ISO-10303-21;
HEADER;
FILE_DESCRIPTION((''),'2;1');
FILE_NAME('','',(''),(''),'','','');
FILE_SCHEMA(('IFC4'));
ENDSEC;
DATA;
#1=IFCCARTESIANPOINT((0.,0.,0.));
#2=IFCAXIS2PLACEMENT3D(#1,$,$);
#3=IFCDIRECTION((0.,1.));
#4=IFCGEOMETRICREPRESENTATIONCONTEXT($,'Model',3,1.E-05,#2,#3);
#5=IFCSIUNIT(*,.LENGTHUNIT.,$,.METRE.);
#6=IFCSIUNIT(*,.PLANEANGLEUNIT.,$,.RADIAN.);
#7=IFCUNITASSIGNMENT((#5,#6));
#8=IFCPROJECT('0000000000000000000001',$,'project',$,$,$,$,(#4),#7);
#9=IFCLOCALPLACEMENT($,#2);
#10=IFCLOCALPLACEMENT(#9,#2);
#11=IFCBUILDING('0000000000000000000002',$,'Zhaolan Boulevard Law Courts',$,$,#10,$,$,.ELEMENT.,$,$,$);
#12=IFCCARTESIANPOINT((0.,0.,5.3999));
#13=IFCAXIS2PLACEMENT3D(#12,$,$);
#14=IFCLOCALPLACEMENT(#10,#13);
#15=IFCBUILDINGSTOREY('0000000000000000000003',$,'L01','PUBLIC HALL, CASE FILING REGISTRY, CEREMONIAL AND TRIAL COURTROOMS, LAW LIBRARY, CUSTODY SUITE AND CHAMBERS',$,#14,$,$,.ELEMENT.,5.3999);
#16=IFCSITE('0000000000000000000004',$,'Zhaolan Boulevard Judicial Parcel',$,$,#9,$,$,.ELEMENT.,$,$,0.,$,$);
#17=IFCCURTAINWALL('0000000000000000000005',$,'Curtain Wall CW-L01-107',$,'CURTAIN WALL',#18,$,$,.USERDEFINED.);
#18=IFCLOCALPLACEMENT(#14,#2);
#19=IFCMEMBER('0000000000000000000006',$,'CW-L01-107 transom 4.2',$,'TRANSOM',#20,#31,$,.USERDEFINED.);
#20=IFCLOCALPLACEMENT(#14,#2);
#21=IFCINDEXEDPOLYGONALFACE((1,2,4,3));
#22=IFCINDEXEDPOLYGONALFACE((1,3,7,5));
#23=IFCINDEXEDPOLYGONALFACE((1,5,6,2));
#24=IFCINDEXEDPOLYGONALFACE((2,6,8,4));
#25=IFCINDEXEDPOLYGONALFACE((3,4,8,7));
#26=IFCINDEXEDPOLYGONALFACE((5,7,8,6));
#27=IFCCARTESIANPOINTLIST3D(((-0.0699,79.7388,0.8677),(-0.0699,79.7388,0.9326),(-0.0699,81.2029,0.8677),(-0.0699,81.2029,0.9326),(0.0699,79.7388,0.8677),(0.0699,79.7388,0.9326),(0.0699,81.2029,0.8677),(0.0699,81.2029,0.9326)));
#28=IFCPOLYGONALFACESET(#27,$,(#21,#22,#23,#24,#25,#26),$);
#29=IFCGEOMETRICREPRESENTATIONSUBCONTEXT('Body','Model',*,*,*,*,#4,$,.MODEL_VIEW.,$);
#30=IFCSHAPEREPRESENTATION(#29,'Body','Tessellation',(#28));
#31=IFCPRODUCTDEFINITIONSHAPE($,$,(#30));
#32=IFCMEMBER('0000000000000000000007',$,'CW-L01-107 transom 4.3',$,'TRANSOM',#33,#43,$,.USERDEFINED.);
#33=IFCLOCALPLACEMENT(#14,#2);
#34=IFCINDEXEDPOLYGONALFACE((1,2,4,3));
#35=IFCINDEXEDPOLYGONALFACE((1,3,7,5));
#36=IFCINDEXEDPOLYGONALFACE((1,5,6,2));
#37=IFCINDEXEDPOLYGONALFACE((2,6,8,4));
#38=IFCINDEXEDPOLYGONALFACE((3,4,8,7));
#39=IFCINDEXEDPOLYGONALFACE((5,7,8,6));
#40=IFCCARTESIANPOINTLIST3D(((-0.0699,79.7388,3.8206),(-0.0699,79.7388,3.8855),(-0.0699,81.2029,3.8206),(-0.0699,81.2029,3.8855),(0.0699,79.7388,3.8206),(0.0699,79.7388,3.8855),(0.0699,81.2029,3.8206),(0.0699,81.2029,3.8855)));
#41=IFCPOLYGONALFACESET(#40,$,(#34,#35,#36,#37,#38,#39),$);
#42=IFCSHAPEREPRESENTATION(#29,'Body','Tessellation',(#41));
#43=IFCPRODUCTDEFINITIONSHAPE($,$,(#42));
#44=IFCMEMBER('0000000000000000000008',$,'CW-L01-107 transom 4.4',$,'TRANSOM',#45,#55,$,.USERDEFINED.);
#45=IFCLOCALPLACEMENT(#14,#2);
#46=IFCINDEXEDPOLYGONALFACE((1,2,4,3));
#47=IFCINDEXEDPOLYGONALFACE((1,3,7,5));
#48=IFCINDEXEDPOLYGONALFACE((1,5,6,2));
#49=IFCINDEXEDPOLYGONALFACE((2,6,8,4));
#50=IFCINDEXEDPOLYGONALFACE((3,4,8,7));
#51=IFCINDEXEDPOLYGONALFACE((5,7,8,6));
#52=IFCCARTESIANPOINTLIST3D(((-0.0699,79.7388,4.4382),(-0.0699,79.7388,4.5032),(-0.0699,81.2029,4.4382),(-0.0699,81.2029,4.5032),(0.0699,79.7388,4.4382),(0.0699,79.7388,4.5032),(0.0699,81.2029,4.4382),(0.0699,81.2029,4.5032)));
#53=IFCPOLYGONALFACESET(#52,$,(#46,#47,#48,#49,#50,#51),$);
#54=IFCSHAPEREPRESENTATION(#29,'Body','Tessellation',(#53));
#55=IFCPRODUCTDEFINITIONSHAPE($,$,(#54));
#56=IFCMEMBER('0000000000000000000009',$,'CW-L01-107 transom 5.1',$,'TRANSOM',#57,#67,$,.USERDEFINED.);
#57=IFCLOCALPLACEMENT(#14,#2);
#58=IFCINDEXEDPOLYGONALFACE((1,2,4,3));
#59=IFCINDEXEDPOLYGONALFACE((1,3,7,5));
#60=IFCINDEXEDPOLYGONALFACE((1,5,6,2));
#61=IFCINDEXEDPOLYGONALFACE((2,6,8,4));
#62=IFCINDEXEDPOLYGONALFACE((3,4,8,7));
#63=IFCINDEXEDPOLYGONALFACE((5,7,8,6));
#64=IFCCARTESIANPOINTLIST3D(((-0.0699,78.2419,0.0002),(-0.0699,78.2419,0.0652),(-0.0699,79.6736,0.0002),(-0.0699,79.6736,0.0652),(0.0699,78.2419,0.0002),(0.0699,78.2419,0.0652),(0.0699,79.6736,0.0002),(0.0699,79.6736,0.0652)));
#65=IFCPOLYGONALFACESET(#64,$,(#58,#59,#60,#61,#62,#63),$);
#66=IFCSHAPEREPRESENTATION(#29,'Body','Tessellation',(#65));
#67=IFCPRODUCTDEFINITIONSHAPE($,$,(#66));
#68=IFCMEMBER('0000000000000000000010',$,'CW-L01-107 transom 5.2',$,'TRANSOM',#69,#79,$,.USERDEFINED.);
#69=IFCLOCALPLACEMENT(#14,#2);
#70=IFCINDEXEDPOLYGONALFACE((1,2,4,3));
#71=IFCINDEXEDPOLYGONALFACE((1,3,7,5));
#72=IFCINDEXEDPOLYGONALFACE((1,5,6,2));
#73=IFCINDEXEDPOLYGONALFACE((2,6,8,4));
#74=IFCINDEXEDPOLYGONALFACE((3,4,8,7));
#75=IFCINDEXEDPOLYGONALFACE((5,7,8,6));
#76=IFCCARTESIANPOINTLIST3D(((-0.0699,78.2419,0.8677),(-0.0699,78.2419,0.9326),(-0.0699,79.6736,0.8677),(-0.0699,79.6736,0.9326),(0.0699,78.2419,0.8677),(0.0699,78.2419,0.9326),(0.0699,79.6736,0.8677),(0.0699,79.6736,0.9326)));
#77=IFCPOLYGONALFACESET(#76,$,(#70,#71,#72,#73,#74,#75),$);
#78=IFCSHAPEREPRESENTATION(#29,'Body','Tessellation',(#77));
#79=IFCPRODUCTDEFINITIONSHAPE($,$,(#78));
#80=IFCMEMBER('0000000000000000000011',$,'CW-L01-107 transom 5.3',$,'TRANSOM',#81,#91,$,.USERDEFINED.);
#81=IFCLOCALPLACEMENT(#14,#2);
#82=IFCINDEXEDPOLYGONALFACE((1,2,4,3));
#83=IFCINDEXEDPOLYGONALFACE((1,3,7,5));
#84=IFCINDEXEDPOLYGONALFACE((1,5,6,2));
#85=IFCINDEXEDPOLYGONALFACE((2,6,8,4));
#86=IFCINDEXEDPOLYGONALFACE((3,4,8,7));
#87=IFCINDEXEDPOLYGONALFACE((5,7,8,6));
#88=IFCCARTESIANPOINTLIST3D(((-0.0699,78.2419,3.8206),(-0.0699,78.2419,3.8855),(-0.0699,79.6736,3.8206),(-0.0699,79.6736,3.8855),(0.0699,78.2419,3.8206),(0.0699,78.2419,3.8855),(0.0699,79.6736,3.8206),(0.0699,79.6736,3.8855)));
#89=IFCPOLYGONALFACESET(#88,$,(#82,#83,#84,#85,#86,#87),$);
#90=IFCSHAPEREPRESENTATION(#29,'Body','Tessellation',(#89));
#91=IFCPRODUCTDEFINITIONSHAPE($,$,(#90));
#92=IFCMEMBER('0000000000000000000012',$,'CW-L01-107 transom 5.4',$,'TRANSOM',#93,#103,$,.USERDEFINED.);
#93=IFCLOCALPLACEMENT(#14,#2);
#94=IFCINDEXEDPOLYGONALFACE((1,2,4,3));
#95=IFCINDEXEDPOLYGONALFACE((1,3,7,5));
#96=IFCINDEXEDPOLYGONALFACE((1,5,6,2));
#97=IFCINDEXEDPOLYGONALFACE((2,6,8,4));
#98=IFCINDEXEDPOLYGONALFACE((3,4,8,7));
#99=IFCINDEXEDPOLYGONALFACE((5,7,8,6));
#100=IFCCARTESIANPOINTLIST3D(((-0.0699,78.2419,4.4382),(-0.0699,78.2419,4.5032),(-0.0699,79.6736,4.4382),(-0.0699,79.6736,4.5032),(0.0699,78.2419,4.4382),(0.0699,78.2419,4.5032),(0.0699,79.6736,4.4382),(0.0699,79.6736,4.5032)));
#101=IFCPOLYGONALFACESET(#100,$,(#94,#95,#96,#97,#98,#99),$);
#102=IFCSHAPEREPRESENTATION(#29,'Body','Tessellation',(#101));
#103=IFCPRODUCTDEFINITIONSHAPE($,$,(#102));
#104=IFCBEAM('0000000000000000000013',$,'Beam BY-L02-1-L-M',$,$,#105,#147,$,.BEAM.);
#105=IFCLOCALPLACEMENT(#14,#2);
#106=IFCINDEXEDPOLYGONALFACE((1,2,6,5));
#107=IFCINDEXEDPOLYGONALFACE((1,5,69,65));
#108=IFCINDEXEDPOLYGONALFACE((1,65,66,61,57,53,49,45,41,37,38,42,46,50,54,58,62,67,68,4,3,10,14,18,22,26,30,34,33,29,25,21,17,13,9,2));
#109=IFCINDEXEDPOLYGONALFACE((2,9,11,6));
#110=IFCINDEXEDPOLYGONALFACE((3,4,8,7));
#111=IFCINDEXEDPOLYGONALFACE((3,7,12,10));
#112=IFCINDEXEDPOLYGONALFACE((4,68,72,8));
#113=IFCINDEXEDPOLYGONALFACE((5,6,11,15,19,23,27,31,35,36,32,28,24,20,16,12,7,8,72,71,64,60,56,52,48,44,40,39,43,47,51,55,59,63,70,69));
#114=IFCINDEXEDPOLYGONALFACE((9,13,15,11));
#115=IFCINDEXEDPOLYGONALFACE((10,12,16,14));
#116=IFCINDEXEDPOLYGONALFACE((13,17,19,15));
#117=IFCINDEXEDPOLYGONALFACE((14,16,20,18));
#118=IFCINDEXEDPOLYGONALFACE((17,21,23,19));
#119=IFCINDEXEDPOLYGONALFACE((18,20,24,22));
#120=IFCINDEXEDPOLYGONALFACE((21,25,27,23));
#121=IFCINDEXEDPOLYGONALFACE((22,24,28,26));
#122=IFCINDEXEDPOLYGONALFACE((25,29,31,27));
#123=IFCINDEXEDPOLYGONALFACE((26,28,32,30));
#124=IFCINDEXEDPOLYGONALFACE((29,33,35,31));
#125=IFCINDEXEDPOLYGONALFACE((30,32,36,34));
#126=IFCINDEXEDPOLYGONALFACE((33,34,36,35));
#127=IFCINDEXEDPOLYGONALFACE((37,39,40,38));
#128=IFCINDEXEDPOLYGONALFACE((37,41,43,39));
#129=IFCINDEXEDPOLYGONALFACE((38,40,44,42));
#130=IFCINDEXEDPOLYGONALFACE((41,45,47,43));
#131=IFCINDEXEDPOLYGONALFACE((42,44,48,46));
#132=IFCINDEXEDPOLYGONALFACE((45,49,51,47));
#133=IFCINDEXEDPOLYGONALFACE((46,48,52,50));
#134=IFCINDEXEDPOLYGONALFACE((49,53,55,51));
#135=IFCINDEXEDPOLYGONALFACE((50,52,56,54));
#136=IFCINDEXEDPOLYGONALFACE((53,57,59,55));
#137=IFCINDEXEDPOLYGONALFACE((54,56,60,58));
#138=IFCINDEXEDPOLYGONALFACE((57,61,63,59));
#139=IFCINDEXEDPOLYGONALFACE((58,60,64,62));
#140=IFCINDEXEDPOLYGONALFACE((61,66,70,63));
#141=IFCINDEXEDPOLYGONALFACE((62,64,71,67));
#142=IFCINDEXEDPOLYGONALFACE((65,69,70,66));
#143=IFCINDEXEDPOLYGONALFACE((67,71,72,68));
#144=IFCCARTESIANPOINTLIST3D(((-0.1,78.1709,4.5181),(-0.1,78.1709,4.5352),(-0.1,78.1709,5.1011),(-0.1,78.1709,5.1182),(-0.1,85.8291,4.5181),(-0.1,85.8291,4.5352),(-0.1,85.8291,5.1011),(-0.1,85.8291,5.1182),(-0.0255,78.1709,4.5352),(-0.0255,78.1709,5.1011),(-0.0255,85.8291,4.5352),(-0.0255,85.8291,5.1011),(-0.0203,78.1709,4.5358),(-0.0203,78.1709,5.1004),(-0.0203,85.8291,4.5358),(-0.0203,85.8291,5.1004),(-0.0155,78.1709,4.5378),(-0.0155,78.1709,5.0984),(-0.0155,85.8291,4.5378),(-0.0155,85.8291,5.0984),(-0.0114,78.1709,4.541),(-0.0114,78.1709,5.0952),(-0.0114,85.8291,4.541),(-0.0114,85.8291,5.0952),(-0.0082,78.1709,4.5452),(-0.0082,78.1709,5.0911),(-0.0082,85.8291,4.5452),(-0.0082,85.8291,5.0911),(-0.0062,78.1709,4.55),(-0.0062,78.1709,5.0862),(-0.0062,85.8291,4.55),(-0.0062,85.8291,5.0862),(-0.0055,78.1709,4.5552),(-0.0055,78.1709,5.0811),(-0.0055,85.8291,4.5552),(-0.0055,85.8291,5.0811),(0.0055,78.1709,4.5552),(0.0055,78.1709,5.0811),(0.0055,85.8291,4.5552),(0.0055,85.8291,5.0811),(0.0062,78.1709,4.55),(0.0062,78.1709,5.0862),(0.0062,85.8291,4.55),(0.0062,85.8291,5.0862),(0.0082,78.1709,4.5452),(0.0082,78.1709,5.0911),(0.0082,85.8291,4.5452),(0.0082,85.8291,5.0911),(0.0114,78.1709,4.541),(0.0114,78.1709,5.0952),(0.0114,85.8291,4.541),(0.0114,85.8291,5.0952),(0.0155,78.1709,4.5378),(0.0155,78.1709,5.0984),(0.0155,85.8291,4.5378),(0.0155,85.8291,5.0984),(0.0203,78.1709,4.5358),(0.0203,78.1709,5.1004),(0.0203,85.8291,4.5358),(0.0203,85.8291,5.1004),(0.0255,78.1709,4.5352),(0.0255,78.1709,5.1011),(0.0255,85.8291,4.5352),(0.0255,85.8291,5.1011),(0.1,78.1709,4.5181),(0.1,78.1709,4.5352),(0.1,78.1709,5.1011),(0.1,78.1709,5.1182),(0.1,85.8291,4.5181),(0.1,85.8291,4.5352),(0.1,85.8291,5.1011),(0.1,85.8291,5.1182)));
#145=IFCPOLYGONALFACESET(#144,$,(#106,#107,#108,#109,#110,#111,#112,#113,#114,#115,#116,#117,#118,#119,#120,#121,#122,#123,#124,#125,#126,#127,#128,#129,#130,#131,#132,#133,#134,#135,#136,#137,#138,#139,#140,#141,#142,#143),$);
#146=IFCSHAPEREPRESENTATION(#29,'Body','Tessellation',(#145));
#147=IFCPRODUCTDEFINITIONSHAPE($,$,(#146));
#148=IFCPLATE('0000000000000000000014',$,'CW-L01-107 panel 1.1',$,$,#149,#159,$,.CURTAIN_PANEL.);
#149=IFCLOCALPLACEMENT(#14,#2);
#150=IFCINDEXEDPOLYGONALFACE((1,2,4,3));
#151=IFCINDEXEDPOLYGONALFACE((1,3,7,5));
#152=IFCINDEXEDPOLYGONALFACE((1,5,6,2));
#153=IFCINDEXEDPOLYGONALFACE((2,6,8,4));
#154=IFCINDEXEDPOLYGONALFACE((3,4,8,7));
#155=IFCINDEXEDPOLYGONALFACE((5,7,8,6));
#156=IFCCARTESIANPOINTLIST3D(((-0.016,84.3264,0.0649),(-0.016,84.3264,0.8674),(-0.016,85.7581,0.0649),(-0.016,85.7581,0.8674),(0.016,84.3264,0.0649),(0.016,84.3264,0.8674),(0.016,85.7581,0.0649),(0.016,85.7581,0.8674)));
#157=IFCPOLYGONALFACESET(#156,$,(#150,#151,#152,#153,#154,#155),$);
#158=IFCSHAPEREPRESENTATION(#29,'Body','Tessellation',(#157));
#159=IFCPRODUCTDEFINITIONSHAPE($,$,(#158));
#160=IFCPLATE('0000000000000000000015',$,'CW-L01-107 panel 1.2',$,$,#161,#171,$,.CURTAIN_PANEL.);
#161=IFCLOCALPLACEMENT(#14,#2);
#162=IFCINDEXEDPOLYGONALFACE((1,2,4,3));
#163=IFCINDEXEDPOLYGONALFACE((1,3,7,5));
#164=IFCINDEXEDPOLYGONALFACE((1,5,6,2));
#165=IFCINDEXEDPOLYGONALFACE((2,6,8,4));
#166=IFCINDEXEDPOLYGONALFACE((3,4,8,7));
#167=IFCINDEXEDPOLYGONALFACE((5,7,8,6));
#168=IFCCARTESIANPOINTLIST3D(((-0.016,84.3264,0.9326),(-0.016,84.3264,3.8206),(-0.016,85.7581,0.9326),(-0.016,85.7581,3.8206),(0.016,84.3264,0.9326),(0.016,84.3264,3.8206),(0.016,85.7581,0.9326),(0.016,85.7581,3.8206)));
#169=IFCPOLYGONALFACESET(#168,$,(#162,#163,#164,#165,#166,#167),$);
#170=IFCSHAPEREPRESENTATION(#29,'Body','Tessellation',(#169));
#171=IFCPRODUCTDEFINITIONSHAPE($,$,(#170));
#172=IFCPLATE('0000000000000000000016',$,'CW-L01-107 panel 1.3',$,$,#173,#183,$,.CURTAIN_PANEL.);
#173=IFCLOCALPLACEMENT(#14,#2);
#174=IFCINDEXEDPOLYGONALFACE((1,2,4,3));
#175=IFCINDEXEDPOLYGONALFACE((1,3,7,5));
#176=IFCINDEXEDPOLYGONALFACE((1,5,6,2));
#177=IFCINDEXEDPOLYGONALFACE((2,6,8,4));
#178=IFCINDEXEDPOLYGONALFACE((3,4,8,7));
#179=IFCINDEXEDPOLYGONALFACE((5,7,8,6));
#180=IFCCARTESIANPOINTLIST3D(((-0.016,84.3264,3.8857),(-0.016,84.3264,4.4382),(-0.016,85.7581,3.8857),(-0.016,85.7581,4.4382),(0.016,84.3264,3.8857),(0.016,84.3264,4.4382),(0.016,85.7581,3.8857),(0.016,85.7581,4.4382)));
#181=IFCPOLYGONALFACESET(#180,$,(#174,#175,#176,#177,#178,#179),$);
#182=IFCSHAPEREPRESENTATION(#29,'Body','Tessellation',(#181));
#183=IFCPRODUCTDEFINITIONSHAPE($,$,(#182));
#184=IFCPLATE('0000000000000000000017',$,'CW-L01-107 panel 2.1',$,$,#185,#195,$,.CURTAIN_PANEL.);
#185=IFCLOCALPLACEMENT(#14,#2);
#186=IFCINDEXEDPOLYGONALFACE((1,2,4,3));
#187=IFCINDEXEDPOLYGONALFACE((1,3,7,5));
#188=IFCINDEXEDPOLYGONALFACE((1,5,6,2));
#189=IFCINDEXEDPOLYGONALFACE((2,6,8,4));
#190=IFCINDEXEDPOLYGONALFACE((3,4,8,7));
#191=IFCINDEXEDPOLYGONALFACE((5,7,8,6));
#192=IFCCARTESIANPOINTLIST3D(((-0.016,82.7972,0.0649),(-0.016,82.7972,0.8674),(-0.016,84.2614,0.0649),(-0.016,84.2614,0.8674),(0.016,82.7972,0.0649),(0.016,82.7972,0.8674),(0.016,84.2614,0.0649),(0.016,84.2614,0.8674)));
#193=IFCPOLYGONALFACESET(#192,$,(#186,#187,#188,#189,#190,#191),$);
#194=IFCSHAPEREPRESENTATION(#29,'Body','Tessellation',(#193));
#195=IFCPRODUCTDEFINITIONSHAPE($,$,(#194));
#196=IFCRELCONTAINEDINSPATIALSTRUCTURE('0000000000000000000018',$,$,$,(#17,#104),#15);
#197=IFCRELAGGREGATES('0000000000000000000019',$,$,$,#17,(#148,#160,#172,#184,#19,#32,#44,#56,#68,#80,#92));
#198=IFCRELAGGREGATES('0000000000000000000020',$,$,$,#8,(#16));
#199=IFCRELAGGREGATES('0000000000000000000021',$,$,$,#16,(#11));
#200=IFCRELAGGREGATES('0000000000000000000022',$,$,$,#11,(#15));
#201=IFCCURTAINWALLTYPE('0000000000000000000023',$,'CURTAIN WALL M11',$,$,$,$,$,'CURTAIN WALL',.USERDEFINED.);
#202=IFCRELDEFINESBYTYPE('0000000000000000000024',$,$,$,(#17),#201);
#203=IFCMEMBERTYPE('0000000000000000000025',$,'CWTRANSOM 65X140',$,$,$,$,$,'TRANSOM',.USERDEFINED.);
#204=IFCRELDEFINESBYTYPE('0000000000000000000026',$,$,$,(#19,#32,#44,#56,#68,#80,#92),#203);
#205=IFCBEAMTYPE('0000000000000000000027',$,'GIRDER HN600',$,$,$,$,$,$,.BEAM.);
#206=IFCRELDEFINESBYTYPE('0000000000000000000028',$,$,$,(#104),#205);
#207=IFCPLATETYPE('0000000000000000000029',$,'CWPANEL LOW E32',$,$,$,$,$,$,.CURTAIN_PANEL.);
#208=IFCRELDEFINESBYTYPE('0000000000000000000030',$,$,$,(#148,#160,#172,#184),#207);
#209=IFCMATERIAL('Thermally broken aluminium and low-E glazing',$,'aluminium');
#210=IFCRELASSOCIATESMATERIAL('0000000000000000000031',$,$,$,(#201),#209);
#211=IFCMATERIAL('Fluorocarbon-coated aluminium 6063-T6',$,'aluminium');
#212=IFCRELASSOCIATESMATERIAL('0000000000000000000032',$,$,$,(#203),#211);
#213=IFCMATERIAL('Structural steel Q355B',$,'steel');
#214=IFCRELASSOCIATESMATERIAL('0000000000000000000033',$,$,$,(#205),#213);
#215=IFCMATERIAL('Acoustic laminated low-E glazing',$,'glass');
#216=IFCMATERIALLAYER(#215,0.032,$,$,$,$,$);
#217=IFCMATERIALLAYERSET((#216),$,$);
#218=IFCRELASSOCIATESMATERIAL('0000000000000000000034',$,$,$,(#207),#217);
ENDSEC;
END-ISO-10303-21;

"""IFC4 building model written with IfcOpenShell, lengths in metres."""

from ifc_helpers import new_model, si_unit, direction, frame, origin, origin_2d, place, context, subcontext, project, spatial, rectangle, i_section, extrude, material, layer, layer_set, material_profile, profile_set, type_object, element, aggregate, save


model = new_model("IFC4")

# Units and contexts
model_context = context("Model", 3, precision=1e-05, world=origin(), true_north=direction((0.0, 1.0)))
body_context = subcontext(model_context, "Body", "Model", "MODEL_VIEW")
ifc_project = project(units=[si_unit("LENGTHUNIT", "METRE"), si_unit("PLANEANGLEUNIT", "RADIAN")], contexts=[model_context])

# Site, building, storey
site_placement = place(None, origin())
site = spatial("IfcSite", under=ifc_project, at=site_placement, Name="Zhaolan Boulevard Judicial Parcel", CompositionType="ELEMENT", RefElevation=0.0)
building_placement = place(site_placement, origin())
building = spatial("IfcBuilding", under=site, at=building_placement, Name="Zhaolan Boulevard Law Courts", CompositionType="ELEMENT")
storey_placement = place(building_placement, frame((0.0, 0.0, 5.3999)))
storey = spatial("IfcBuildingStorey", under=building, at=storey_placement, Name="L01", Description="PUBLIC HALL, CASE FILING REGISTRY, CEREMONIAL AND TRIAL COURTROOMS, LAW LIBRARY, CUSTODY SUITE AND CHAMBERS", CompositionType="ELEMENT", Elevation=5.3999)

# Curtain wall, members
ifc_material_1 = material(Name="Thermally broken aluminium and low-E glazing", Category="aluminium")
curtain_wall_type = type_object("IfcCurtainWallType", Name="CURTAIN WALL M11", ElementType="CURTAIN WALL", PredefinedType="USERDEFINED", material=ifc_material_1)
curtain_wall_placement = place(storey_placement, origin())
curtain_wall = element("IfcCurtainWall", 1, at=curtain_wall_placement, inside=storey, type_object=curtain_wall_type, Name="Curtain Wall CW-L01-107", ObjectType="CURTAIN WALL", PredefinedType="USERDEFINED")
ifc_material_2 = material(Name="Fluorocarbon-coated aluminium 6063-T6", Category="aluminium")
ifc_material_profile_1 = material_profile(ifc_material_2, rectangle(XDim=0.1399, YDim=0.0649, at=origin_2d()), Name="AL65x140")
ifc_profile_set_1 = profile_set([ifc_material_profile_1], Name="Fluorocarbon-coated aluminium 6063-T6")
member_type_1 = type_object("IfcMemberType", Name="CWTRANSOM 65X140", ElementType="TRANSOM", PredefinedType="USERDEFINED", material=ifc_profile_set_1)
member_1_placement = place(storey_placement, frame((0.0, 81.2029, 0.9001), z_axis=(0.0, -1.0, 0.0), x_axis=(1.0, 0.0, 0.0)))
member_1 = element("IfcMember", 2, at=member_1_placement, type_object=member_type_1, Name="CW-L01-107 transom 4.2", ObjectType="TRANSOM", PredefinedType="USERDEFINED", context=body_context, shape_type="SweptSolid", body=[
    extrude(rectangle(XDim=0.1399, YDim=0.0649, at=origin_2d()), origin(), (0.0, 0.0, 1.0), 1.4641),
])
member_2_placement = place(storey_placement, frame((0.0, 81.2029, 3.853), z_axis=(0.0, -1.0, 0.0), x_axis=(1.0, 0.0, 0.0)))
member_2 = element("IfcMember", 3, at=member_2_placement, type_object=member_type_1, Name="CW-L01-107 transom 4.3", ObjectType="TRANSOM", PredefinedType="USERDEFINED", context=body_context, shape_type="SweptSolid", body=[
    extrude(rectangle(XDim=0.1399, YDim=0.0649, at=origin_2d()), origin(), (0.0, 0.0, 1.0), 1.4641),
])
member_3_placement = place(storey_placement, frame((0.0, 81.2029, 4.4707), z_axis=(0.0, -1.0, 0.0), x_axis=(1.0, 0.0, 0.0)))
member_3 = element("IfcMember", 4, at=member_3_placement, type_object=member_type_1, Name="CW-L01-107 transom 4.4", ObjectType="TRANSOM", PredefinedType="USERDEFINED", context=body_context, shape_type="SweptSolid", body=[
    extrude(rectangle(XDim=0.1399, YDim=0.0649, at=origin_2d()), origin(), (0.0, 0.0, 1.0), 1.4641),
])
member_4_placement = place(storey_placement, frame((0.0, 79.6736, 0.0327), z_axis=(0.0, -1.0, 0.0), x_axis=(1.0, 0.0, 0.0)))
member_4 = element("IfcMember", 5, at=member_4_placement, type_object=member_type_1, Name="CW-L01-107 transom 5.1", ObjectType="TRANSOM", PredefinedType="USERDEFINED", context=body_context, shape_type="SweptSolid", body=[
    extrude(rectangle(XDim=0.1399, YDim=0.0649, at=origin_2d()), origin(), (0.0, 0.0, 1.0), 1.4316),
])
member_5_placement = place(storey_placement, frame((0.0, 79.6736, 0.9001), z_axis=(0.0, -1.0, 0.0), x_axis=(1.0, 0.0, 0.0)))
member_5 = element("IfcMember", 6, at=member_5_placement, type_object=member_type_1, Name="CW-L01-107 transom 5.2", ObjectType="TRANSOM", PredefinedType="USERDEFINED", context=body_context, shape_type="SweptSolid", body=[
    extrude(rectangle(XDim=0.1399, YDim=0.0649, at=origin_2d()), origin(), (0.0, 0.0, 1.0), 1.4316),
])
member_6_placement = place(storey_placement, frame((0.0, 79.6736, 3.853), z_axis=(0.0, -1.0, 0.0), x_axis=(1.0, 0.0, 0.0)))
member_6 = element("IfcMember", 7, at=member_6_placement, type_object=member_type_1, Name="CW-L01-107 transom 5.3", ObjectType="TRANSOM", PredefinedType="USERDEFINED", context=body_context, shape_type="SweptSolid", body=[
    extrude(rectangle(XDim=0.1399, YDim=0.0649, at=origin_2d()), origin(), (0.0, 0.0, 1.0), 1.4316),
])
member_7_placement = place(storey_placement, frame((0.0, 79.6736, 4.4707), z_axis=(0.0, -1.0, 0.0), x_axis=(1.0, 0.0, 0.0)))
member_7 = element("IfcMember", 8, at=member_7_placement, type_object=member_type_1, Name="CW-L01-107 transom 5.4", ObjectType="TRANSOM", PredefinedType="USERDEFINED", context=body_context, shape_type="SweptSolid", body=[
    extrude(rectangle(XDim=0.1399, YDim=0.0649, at=origin_2d()), origin(), (0.0, 0.0, 1.0), 1.4316),
])

# Beam
ifc_material_3 = material(Name="Structural steel Q355B", Category="steel")
ifc_material_profile_2 = material_profile(ifc_material_3, i_section(OverallWidth=0.2, OverallDepth=0.6001, WebThickness=0.011, FlangeThickness=0.0171, FilletRadius=0.02, at=origin_2d()), Name="HN600x200")
ifc_profile_set_2 = profile_set([ifc_material_profile_2], Name="Structural steel Q355B")
beam_type = type_object("IfcBeamType", Name="GIRDER HN600", PredefinedType="BEAM", material=ifc_profile_set_2)
beam_placement = place(storey_placement, frame((0.0, 78.1709, 4.8181), z_axis=(0.0, 1.0, 0.0), x_axis=(-1.0, 0.0, 0.0)))
element("IfcBeam", 9, at=beam_placement, inside=storey, type_object=beam_type, Name="Beam BY-L02-1-L-M", PredefinedType="BEAM", context=body_context, shape_type="SweptSolid", body=[
    extrude(i_section(OverallWidth=0.2, OverallDepth=0.6001, WebThickness=0.011, FlangeThickness=0.0171, FilletRadius=0.02, at=origin_2d()), origin(), (0.0, 0.0, 1.0), 7.6582),
])

# Plates
ifc_material_4 = material(Name="Acoustic laminated low-E glazing", Category="glass")
ifc_layer = layer(ifc_material_4, 0.032)
ifc_layer_set = layer_set([ifc_layer])
plate_type = type_object("IfcPlateType", Name="CWPANEL LOW E32", PredefinedType="CURTAIN_PANEL", material=ifc_layer_set)
plate_1_placement = place(storey_placement, frame((0.0, 85.0422, 0.0649), z_axis=(0.0, 0.0, 1.0), x_axis=(0.0, -1.0, 0.0)))
plate_1 = element("IfcPlate", 10, at=plate_1_placement, type_object=plate_type, Name="CW-L01-107 panel 1.1", PredefinedType="CURTAIN_PANEL", context=body_context, shape_type="SweptSolid", body=[
    extrude(rectangle(XDim=1.4316, YDim=0.032, at=origin_2d()), origin(), (0.0, 0.0, 1.0), 0.8025),
])
plate_2_placement = place(storey_placement, frame((0.0, 85.0422, 0.9326), z_axis=(0.0, 0.0, 1.0), x_axis=(0.0, -1.0, 0.0)))
plate_2 = element("IfcPlate", 11, at=plate_2_placement, type_object=plate_type, Name="CW-L01-107 panel 1.2", PredefinedType="CURTAIN_PANEL", context=body_context, shape_type="SweptSolid", body=[
    extrude(rectangle(XDim=1.4316, YDim=0.032, at=origin_2d()), origin(), (0.0, 0.0, 1.0), 2.8879),
])
plate_3_placement = place(storey_placement, frame((0.0, 85.0422, 3.8857), z_axis=(0.0, 0.0, 1.0), x_axis=(0.0, -1.0, 0.0)))
plate_3 = element("IfcPlate", 12, at=plate_3_placement, type_object=plate_type, Name="CW-L01-107 panel 1.3", PredefinedType="CURTAIN_PANEL", context=body_context, shape_type="SweptSolid", body=[
    extrude(rectangle(XDim=1.4316, YDim=0.032, at=origin_2d()), origin(), (0.0, 0.0, 1.0), 0.5525),
])
plate_4_placement = place(storey_placement, frame((0.0, 83.5293, 0.0649), z_axis=(0.0, 0.0, 1.0), x_axis=(0.0, -1.0, 0.0)))
plate_4 = element("IfcPlate", 13, at=plate_4_placement, type_object=plate_type, Name="CW-L01-107 panel 2.1", PredefinedType="CURTAIN_PANEL", context=body_context, shape_type="SweptSolid", body=[
    extrude(rectangle(XDim=1.4641, YDim=0.032, at=origin_2d()), origin(), (0.0, 0.0, 1.0), 0.8025),
])
aggregate(curtain_wall, [plate_1, plate_2, plate_3, plate_4, member_1, member_2, member_3, member_4, member_5, member_6, member_7])

save(model, "model.ifc")
